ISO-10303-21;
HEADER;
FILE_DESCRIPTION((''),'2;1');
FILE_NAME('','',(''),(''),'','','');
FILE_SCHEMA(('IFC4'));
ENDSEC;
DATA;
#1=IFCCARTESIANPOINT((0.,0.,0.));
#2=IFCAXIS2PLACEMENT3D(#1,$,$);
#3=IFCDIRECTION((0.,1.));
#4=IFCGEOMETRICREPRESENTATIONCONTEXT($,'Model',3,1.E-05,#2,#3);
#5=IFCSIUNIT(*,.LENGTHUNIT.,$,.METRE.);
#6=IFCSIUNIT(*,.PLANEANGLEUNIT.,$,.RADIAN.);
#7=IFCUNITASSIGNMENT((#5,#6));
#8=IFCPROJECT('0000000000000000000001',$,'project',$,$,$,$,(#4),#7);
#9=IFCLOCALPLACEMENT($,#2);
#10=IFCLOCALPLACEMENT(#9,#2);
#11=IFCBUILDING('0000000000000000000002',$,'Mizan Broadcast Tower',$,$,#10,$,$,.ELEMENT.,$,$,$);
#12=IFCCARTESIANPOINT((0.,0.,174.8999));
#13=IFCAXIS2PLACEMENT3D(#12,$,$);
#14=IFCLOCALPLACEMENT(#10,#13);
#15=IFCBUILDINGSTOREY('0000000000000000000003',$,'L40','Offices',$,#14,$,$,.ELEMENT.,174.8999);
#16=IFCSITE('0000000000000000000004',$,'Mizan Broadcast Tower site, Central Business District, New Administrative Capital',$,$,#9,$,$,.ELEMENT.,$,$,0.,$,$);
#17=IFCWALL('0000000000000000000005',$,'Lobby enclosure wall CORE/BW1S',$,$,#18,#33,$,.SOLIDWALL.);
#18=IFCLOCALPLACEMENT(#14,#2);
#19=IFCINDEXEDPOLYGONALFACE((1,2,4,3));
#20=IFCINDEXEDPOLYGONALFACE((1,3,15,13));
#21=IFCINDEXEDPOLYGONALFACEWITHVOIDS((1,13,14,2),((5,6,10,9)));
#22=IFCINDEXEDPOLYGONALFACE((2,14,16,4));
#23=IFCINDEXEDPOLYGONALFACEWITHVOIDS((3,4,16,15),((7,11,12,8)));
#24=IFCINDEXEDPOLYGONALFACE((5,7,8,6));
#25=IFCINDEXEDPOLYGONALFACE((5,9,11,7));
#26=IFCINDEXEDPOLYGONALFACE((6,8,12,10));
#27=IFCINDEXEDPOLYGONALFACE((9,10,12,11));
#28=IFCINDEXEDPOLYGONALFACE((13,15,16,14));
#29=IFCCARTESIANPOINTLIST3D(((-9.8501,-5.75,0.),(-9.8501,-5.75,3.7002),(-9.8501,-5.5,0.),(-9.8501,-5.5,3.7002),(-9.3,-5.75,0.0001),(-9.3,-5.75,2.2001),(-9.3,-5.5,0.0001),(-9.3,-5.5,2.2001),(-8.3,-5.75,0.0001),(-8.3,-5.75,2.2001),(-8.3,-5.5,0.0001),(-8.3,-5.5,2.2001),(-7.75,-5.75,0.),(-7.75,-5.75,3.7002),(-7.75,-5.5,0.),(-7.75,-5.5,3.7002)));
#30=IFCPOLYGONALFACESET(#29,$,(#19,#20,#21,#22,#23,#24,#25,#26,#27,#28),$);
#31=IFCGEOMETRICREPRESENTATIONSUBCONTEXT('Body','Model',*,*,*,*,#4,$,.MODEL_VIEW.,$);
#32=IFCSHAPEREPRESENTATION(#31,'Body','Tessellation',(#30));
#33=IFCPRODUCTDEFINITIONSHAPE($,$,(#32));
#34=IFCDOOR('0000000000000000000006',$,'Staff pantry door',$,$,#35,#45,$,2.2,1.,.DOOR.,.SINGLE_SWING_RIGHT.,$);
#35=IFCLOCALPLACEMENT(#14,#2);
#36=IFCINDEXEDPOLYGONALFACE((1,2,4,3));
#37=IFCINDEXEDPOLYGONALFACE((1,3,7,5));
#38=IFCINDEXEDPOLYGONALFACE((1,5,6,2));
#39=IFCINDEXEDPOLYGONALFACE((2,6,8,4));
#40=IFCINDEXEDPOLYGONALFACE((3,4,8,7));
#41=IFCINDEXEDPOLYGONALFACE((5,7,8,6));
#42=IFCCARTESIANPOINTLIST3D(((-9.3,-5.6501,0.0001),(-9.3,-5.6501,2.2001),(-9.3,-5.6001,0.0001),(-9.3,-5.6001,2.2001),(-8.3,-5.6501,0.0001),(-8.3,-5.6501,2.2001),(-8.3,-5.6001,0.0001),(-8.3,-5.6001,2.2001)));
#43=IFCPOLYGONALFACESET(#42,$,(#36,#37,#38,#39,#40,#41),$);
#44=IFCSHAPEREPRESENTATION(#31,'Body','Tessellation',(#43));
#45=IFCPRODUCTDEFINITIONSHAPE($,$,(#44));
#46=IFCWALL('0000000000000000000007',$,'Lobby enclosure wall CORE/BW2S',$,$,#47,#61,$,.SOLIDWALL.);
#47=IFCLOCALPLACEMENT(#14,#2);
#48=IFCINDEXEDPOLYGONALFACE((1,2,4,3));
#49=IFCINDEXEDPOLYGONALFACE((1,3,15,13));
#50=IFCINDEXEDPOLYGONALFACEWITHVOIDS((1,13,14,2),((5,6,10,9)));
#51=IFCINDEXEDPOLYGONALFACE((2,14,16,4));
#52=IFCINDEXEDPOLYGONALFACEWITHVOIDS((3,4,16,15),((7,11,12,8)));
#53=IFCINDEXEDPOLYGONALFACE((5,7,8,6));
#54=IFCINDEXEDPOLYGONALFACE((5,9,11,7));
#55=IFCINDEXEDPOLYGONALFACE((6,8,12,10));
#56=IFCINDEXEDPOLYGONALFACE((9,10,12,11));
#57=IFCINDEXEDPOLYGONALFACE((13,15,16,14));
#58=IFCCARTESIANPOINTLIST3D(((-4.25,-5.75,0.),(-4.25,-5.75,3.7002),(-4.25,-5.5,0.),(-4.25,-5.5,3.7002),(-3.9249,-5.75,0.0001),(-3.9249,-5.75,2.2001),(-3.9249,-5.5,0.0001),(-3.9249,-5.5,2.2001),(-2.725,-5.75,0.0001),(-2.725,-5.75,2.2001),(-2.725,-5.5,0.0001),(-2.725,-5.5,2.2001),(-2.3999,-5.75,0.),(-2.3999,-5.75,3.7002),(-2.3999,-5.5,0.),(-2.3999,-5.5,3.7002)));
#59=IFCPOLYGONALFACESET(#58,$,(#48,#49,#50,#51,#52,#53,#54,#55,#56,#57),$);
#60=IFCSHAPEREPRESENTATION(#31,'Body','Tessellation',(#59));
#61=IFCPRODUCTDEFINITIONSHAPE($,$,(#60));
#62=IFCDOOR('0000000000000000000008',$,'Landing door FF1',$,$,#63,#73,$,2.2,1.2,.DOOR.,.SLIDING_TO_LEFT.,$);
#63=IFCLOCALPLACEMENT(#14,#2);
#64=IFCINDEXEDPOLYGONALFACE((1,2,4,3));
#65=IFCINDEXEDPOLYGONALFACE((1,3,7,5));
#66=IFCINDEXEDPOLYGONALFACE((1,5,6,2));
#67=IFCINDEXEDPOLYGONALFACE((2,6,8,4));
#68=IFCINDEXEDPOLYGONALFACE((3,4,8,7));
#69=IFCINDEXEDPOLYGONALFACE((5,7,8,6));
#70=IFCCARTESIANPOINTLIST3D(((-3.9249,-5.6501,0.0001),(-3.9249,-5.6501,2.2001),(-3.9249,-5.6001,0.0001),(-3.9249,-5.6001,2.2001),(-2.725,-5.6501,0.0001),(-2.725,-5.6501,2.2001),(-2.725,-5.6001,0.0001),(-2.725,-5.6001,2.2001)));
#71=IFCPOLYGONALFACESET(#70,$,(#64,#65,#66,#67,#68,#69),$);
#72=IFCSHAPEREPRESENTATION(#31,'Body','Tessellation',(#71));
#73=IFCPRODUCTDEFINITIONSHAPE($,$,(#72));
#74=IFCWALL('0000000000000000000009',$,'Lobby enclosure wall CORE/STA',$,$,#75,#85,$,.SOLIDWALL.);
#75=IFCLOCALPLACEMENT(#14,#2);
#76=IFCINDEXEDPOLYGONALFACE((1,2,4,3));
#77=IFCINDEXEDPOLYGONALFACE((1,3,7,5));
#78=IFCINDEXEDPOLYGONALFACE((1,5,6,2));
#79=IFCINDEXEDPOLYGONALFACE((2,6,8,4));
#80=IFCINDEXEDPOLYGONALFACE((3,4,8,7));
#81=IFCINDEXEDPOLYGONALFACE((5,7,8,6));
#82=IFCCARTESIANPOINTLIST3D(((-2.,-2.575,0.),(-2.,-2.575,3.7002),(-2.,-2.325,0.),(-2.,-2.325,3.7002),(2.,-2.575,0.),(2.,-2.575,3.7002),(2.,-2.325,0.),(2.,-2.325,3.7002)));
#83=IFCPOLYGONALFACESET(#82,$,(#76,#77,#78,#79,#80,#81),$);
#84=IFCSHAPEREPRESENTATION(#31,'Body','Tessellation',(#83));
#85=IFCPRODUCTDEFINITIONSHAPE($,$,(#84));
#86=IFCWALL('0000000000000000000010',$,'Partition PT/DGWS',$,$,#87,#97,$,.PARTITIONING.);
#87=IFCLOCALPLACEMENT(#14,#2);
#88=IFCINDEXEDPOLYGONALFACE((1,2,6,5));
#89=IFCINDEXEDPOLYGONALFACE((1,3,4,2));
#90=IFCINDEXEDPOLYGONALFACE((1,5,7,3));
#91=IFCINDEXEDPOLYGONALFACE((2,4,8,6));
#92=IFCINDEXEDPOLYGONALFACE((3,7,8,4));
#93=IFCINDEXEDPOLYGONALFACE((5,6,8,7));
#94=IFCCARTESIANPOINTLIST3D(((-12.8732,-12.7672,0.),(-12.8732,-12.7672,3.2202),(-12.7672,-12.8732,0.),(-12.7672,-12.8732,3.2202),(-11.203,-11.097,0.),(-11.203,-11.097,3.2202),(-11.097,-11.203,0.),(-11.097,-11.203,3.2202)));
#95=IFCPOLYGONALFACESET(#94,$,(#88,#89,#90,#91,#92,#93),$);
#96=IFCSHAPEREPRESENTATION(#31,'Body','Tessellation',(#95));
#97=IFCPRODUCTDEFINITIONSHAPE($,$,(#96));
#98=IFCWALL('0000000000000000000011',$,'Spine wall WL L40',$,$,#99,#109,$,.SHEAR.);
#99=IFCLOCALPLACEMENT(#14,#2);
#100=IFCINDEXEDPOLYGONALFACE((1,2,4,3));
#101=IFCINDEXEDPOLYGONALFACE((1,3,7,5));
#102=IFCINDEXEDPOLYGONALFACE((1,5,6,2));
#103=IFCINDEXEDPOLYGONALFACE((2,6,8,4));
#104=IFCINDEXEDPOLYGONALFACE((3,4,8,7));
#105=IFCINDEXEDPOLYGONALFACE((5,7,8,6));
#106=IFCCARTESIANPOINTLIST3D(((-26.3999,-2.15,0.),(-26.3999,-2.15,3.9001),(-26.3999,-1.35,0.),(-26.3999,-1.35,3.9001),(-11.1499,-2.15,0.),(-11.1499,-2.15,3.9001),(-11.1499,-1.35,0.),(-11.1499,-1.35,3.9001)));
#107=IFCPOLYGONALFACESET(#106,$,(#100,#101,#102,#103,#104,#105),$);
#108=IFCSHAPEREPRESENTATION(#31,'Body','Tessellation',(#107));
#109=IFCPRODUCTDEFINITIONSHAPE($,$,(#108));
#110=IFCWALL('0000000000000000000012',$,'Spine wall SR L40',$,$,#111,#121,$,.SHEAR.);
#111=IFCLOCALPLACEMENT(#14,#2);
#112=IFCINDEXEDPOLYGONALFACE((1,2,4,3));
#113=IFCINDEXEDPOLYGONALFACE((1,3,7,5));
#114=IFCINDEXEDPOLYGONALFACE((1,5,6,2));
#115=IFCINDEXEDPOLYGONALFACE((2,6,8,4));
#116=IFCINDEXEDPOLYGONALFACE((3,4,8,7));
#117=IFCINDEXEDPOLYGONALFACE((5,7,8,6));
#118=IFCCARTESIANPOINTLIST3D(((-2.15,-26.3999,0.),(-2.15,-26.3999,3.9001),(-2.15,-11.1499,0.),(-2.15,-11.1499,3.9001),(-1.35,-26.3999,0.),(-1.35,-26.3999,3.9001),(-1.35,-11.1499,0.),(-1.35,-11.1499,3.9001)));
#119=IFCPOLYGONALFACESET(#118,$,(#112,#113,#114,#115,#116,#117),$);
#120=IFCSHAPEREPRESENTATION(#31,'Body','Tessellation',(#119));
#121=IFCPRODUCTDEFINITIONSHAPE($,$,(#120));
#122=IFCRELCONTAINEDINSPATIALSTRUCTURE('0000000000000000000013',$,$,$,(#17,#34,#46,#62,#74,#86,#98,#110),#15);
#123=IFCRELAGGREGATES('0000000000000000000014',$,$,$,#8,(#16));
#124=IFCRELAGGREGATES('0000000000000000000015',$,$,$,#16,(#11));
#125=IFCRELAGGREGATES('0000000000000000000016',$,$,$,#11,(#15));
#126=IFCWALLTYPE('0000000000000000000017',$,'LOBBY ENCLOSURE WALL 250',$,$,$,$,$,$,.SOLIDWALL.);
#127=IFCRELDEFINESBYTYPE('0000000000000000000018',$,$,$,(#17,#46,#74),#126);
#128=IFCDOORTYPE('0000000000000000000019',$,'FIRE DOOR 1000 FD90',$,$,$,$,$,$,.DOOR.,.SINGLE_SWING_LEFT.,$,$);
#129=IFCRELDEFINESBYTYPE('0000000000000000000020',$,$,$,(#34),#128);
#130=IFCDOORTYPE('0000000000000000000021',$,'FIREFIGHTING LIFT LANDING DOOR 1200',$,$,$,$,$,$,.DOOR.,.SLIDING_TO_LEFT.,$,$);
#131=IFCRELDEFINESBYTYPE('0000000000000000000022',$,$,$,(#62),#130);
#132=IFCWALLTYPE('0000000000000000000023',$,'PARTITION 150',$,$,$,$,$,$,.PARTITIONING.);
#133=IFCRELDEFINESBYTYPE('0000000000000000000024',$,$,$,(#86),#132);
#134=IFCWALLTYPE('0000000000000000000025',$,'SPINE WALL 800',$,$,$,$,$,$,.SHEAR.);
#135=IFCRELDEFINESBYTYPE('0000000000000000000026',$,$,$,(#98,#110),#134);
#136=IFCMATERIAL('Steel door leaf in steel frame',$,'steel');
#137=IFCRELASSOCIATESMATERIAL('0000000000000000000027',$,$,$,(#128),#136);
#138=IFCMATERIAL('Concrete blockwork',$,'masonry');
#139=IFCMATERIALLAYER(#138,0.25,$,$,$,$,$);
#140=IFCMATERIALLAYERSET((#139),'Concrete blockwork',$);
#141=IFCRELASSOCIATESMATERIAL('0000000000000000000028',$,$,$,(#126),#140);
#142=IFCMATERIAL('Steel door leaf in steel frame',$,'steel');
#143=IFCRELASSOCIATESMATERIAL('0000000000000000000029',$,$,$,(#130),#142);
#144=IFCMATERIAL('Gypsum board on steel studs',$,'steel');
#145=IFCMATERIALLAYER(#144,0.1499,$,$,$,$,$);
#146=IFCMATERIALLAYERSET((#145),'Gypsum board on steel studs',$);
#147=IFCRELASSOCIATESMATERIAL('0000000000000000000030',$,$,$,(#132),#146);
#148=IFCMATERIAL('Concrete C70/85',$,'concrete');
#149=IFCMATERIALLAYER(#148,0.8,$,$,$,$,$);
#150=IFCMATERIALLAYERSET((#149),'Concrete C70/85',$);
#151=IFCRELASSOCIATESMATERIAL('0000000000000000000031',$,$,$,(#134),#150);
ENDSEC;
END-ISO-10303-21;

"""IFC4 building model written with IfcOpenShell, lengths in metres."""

from ifc_helpers import new_model, si_unit, direction, frame, frame_2d, origin, place, context, subcontext, project, spatial, rectangle, extrude, material, layer, layer_set, type_object, element, fill, save


model = new_model("IFC4")

# Units and contexts
model_context = context("Model", 3, precision=1e-05, world=origin(), true_north=direction((0.0, 1.0)))
body_context = subcontext(model_context, "Body", "Model", "MODEL_VIEW")
ifc_project = project(units=[si_unit("LENGTHUNIT", "METRE"), si_unit("PLANEANGLEUNIT", "RADIAN")], contexts=[model_context])

# Site, building, storey
site_placement = place(None, origin())
site = spatial("IfcSite", under=ifc_project, at=site_placement, Name="Mizan Broadcast Tower site, Central Business District, New Administrative Capital", CompositionType="ELEMENT", RefElevation=0.0)
building_placement = place(site_placement, origin())
building = spatial("IfcBuilding", under=site, at=building_placement, Name="Mizan Broadcast Tower", CompositionType="ELEMENT")
storey_placement = place(building_placement, frame((0.0, 0.0, 174.8999)))
storey = spatial("IfcBuildingStorey", under=building, at=storey_placement, Name="L40", Description="Offices", CompositionType="ELEMENT", Elevation=174.8999)

# Shared definitions
ifc_material_1 = material(Name="Steel door leaf in steel frame", Category="steel")
door_type_1 = type_object("IfcDoorType", Name="FIRE DOOR 1000 FD90", OperationType="SINGLE_SWING_LEFT", PredefinedType="DOOR", material=ifc_material_1)

# Walls, openings, doors
ifc_material_2 = material(Name="Concrete blockwork", Category="masonry")
ifc_layer_1 = layer(ifc_material_2, 0.25)
ifc_layer_set_1 = layer_set([ifc_layer_1], Name="Concrete blockwork")
wall_type_1 = type_object("IfcWallType", Name="LOBBY ENCLOSURE WALL 250", PredefinedType="SOLIDWALL", material=ifc_layer_set_1)
wall_1_placement = place(storey_placement, frame((-9.8501, -5.625, 0.0), z_axis=(0.0, 0.0, 1.0), x_axis=(1.0, 0.0, 0.0)))
wall_1 = element("IfcWall", 1, at=wall_1_placement, inside=storey, type_object=wall_type_1, Name="Lobby enclosure wall CORE/BW1S", PredefinedType="SOLIDWALL", context=body_context, shape_type="SweptSolid", body=[
    extrude(rectangle(XDim=2.1001, YDim=0.25, at=frame_2d((1.05, 0.0))), origin(), (0.0, 0.0, 1.0), 3.7002),
])
opening_1_placement = place(wall_1_placement, frame((0.55, 0.0, 0.0)))
opening_1 = element("IfcOpeningElement", 2, at=opening_1_placement, cuts=wall_1, PredefinedType="OPENING", context=body_context, shape_type="SweptSolid", body=[
    extrude(rectangle(XDim=1.0, YDim=2.2, at=frame_2d((0.5, 1.1001))), frame((0.0, 0.135, 0.0), z_axis=(0.0, -1.0, 0.0), x_axis=(1.0, 0.0, 0.0)), (0.0, 0.0, 1.0), 0.27),
])
door_1_placement = place(opening_1_placement, origin())
door_1 = element("IfcDoor", 3, at=door_1_placement, inside=storey, type_object=door_type_1, Name="Staff pantry door", OperationType="SINGLE_SWING_RIGHT", OverallHeight=2.2, OverallWidth=1.0, PredefinedType="DOOR", context=body_context, shape_type="SweptSolid", body=[
    extrude(rectangle(XDim=1.0, YDim=2.2, at=frame_2d((0.5, 1.1001))), frame((0.0, 0.0249, 0.0), z_axis=(0.0, -1.0, 0.0), x_axis=(1.0, 0.0, 0.0)), (0.0, 0.0, 1.0), 0.05),
])
fill(opening_1, door_1)
wall_2_placement = place(storey_placement, frame((-4.25, -5.625, 0.0), z_axis=(0.0, 0.0, 1.0), x_axis=(1.0, 0.0, 0.0)))
wall_2 = element("IfcWall", 4, at=wall_2_placement, inside=storey, type_object=wall_type_1, Name="Lobby enclosure wall CORE/BW2S", PredefinedType="SOLIDWALL", context=body_context, shape_type="SweptSolid", body=[
    extrude(rectangle(XDim=1.8501, YDim=0.25, at=frame_2d((0.925, 0.0))), origin(), (0.0, 0.0, 1.0), 3.7002),
])
opening_2_placement = place(wall_2_placement, frame((0.325, 0.0, 0.0)))
opening_2 = element("IfcOpeningElement", 5, at=opening_2_placement, cuts=wall_2, PredefinedType="OPENING", context=body_context, shape_type="SweptSolid", body=[
    extrude(rectangle(XDim=1.2, YDim=2.2, at=frame_2d((0.6001, 1.1001))), frame((0.0, 0.135, 0.0), z_axis=(0.0, -1.0, 0.0), x_axis=(1.0, 0.0, 0.0)), (0.0, 0.0, 1.0), 0.27),
])
ifc_material_3 = material(Name="Steel door leaf in steel frame", Category="steel")
door_type_2 = type_object("IfcDoorType", Name="FIREFIGHTING LIFT LANDING DOOR 1200", OperationType="SLIDING_TO_LEFT", PredefinedType="DOOR", material=ifc_material_3)
door_2_placement = place(opening_2_placement, origin())
door_2 = element("IfcDoor", 6, at=door_2_placement, inside=storey, type_object=door_type_2, Name="Landing door FF1", OperationType="SLIDING_TO_LEFT", OverallHeight=2.2, OverallWidth=1.2, PredefinedType="DOOR", context=body_context, shape_type="SweptSolid", body=[
    extrude(rectangle(XDim=1.2, YDim=2.2, at=frame_2d((0.6001, 1.1001))), frame((0.0, 0.0249, 0.0), z_axis=(0.0, -1.0, 0.0), x_axis=(1.0, 0.0, 0.0)), (0.0, 0.0, 1.0), 0.05),
])
fill(opening_2, door_2)

# Walls
wall_3_placement = place(storey_placement, frame((-2.0, -2.45, 0.0), z_axis=(0.0, 0.0, 1.0), x_axis=(1.0, 0.0, 0.0)))
element("IfcWall", 7, at=wall_3_placement, inside=storey, type_object=wall_type_1, Name="Lobby enclosure wall CORE/STA", PredefinedType="SOLIDWALL", context=body_context, shape_type="SweptSolid", body=[
    extrude(rectangle(XDim=4.0, YDim=0.25, at=frame_2d((2.0, 0.0))), origin(), (0.0, 0.0, 1.0), 3.7002),
])
ifc_material_4 = material(Name="Gypsum board on steel studs", Category="steel")
ifc_layer_2 = layer(ifc_material_4, 0.1499)
ifc_layer_set_2 = layer_set([ifc_layer_2], Name="Gypsum board on steel studs")
wall_type_2 = type_object("IfcWallType", Name="PARTITION 150", PredefinedType="PARTITIONING", material=ifc_layer_set_2)
wall_4_placement = place(storey_placement, frame((-11.1499, -11.1499, 0.0), z_axis=(0.0, 0.0, 1.0), x_axis=(-0.707107, -0.707107, 0.0)))
element("IfcWall", 8, at=wall_4_placement, inside=storey, type_object=wall_type_2, Name="Partition PT/DGWS", PredefinedType="PARTITIONING", context=body_context, shape_type="SweptSolid", body=[
    extrude(rectangle(XDim=2.3621, YDim=0.1499, at=frame_2d((1.1812, 0.0))), origin(), (0.0, 0.0, 1.0), 3.2202),
])
ifc_material_5 = material(Name="Concrete C70/85", Category="concrete")
ifc_layer_3 = layer(ifc_material_5, 0.8)
ifc_layer_set_3 = layer_set([ifc_layer_3], Name="Concrete C70/85")
wall_type_3 = type_object("IfcWallType", Name="SPINE WALL 800", PredefinedType="SHEAR", material=ifc_layer_set_3)
for number, where, z_axis, x_axis, name in (
    (9, (-11.1499, -1.75, 0.0), (0.0, 0.0, 1.0), (-1.0, 0.0, 0.0), "Spine wall WL L40"),
    (10, (-1.75, -11.1499, 0.0), (0.0, 0.0, 1.0), (0.0, -1.0, 0.0), "Spine wall SR L40"),
):
    element("IfcWall", number, at=place(storey_placement, frame(where, z_axis=z_axis, x_axis=x_axis)), inside=storey, type_object=wall_type_3, Name=name, PredefinedType="SHEAR", context=body_context, shape_type="SweptSolid", body=[
        extrude(rectangle(XDim=15.25, YDim=0.8, at=frame_2d((7.625, 0.0))), origin(), (0.0, 0.0, 1.0), 3.9001),
    ])

save(model, "model.ifc")
